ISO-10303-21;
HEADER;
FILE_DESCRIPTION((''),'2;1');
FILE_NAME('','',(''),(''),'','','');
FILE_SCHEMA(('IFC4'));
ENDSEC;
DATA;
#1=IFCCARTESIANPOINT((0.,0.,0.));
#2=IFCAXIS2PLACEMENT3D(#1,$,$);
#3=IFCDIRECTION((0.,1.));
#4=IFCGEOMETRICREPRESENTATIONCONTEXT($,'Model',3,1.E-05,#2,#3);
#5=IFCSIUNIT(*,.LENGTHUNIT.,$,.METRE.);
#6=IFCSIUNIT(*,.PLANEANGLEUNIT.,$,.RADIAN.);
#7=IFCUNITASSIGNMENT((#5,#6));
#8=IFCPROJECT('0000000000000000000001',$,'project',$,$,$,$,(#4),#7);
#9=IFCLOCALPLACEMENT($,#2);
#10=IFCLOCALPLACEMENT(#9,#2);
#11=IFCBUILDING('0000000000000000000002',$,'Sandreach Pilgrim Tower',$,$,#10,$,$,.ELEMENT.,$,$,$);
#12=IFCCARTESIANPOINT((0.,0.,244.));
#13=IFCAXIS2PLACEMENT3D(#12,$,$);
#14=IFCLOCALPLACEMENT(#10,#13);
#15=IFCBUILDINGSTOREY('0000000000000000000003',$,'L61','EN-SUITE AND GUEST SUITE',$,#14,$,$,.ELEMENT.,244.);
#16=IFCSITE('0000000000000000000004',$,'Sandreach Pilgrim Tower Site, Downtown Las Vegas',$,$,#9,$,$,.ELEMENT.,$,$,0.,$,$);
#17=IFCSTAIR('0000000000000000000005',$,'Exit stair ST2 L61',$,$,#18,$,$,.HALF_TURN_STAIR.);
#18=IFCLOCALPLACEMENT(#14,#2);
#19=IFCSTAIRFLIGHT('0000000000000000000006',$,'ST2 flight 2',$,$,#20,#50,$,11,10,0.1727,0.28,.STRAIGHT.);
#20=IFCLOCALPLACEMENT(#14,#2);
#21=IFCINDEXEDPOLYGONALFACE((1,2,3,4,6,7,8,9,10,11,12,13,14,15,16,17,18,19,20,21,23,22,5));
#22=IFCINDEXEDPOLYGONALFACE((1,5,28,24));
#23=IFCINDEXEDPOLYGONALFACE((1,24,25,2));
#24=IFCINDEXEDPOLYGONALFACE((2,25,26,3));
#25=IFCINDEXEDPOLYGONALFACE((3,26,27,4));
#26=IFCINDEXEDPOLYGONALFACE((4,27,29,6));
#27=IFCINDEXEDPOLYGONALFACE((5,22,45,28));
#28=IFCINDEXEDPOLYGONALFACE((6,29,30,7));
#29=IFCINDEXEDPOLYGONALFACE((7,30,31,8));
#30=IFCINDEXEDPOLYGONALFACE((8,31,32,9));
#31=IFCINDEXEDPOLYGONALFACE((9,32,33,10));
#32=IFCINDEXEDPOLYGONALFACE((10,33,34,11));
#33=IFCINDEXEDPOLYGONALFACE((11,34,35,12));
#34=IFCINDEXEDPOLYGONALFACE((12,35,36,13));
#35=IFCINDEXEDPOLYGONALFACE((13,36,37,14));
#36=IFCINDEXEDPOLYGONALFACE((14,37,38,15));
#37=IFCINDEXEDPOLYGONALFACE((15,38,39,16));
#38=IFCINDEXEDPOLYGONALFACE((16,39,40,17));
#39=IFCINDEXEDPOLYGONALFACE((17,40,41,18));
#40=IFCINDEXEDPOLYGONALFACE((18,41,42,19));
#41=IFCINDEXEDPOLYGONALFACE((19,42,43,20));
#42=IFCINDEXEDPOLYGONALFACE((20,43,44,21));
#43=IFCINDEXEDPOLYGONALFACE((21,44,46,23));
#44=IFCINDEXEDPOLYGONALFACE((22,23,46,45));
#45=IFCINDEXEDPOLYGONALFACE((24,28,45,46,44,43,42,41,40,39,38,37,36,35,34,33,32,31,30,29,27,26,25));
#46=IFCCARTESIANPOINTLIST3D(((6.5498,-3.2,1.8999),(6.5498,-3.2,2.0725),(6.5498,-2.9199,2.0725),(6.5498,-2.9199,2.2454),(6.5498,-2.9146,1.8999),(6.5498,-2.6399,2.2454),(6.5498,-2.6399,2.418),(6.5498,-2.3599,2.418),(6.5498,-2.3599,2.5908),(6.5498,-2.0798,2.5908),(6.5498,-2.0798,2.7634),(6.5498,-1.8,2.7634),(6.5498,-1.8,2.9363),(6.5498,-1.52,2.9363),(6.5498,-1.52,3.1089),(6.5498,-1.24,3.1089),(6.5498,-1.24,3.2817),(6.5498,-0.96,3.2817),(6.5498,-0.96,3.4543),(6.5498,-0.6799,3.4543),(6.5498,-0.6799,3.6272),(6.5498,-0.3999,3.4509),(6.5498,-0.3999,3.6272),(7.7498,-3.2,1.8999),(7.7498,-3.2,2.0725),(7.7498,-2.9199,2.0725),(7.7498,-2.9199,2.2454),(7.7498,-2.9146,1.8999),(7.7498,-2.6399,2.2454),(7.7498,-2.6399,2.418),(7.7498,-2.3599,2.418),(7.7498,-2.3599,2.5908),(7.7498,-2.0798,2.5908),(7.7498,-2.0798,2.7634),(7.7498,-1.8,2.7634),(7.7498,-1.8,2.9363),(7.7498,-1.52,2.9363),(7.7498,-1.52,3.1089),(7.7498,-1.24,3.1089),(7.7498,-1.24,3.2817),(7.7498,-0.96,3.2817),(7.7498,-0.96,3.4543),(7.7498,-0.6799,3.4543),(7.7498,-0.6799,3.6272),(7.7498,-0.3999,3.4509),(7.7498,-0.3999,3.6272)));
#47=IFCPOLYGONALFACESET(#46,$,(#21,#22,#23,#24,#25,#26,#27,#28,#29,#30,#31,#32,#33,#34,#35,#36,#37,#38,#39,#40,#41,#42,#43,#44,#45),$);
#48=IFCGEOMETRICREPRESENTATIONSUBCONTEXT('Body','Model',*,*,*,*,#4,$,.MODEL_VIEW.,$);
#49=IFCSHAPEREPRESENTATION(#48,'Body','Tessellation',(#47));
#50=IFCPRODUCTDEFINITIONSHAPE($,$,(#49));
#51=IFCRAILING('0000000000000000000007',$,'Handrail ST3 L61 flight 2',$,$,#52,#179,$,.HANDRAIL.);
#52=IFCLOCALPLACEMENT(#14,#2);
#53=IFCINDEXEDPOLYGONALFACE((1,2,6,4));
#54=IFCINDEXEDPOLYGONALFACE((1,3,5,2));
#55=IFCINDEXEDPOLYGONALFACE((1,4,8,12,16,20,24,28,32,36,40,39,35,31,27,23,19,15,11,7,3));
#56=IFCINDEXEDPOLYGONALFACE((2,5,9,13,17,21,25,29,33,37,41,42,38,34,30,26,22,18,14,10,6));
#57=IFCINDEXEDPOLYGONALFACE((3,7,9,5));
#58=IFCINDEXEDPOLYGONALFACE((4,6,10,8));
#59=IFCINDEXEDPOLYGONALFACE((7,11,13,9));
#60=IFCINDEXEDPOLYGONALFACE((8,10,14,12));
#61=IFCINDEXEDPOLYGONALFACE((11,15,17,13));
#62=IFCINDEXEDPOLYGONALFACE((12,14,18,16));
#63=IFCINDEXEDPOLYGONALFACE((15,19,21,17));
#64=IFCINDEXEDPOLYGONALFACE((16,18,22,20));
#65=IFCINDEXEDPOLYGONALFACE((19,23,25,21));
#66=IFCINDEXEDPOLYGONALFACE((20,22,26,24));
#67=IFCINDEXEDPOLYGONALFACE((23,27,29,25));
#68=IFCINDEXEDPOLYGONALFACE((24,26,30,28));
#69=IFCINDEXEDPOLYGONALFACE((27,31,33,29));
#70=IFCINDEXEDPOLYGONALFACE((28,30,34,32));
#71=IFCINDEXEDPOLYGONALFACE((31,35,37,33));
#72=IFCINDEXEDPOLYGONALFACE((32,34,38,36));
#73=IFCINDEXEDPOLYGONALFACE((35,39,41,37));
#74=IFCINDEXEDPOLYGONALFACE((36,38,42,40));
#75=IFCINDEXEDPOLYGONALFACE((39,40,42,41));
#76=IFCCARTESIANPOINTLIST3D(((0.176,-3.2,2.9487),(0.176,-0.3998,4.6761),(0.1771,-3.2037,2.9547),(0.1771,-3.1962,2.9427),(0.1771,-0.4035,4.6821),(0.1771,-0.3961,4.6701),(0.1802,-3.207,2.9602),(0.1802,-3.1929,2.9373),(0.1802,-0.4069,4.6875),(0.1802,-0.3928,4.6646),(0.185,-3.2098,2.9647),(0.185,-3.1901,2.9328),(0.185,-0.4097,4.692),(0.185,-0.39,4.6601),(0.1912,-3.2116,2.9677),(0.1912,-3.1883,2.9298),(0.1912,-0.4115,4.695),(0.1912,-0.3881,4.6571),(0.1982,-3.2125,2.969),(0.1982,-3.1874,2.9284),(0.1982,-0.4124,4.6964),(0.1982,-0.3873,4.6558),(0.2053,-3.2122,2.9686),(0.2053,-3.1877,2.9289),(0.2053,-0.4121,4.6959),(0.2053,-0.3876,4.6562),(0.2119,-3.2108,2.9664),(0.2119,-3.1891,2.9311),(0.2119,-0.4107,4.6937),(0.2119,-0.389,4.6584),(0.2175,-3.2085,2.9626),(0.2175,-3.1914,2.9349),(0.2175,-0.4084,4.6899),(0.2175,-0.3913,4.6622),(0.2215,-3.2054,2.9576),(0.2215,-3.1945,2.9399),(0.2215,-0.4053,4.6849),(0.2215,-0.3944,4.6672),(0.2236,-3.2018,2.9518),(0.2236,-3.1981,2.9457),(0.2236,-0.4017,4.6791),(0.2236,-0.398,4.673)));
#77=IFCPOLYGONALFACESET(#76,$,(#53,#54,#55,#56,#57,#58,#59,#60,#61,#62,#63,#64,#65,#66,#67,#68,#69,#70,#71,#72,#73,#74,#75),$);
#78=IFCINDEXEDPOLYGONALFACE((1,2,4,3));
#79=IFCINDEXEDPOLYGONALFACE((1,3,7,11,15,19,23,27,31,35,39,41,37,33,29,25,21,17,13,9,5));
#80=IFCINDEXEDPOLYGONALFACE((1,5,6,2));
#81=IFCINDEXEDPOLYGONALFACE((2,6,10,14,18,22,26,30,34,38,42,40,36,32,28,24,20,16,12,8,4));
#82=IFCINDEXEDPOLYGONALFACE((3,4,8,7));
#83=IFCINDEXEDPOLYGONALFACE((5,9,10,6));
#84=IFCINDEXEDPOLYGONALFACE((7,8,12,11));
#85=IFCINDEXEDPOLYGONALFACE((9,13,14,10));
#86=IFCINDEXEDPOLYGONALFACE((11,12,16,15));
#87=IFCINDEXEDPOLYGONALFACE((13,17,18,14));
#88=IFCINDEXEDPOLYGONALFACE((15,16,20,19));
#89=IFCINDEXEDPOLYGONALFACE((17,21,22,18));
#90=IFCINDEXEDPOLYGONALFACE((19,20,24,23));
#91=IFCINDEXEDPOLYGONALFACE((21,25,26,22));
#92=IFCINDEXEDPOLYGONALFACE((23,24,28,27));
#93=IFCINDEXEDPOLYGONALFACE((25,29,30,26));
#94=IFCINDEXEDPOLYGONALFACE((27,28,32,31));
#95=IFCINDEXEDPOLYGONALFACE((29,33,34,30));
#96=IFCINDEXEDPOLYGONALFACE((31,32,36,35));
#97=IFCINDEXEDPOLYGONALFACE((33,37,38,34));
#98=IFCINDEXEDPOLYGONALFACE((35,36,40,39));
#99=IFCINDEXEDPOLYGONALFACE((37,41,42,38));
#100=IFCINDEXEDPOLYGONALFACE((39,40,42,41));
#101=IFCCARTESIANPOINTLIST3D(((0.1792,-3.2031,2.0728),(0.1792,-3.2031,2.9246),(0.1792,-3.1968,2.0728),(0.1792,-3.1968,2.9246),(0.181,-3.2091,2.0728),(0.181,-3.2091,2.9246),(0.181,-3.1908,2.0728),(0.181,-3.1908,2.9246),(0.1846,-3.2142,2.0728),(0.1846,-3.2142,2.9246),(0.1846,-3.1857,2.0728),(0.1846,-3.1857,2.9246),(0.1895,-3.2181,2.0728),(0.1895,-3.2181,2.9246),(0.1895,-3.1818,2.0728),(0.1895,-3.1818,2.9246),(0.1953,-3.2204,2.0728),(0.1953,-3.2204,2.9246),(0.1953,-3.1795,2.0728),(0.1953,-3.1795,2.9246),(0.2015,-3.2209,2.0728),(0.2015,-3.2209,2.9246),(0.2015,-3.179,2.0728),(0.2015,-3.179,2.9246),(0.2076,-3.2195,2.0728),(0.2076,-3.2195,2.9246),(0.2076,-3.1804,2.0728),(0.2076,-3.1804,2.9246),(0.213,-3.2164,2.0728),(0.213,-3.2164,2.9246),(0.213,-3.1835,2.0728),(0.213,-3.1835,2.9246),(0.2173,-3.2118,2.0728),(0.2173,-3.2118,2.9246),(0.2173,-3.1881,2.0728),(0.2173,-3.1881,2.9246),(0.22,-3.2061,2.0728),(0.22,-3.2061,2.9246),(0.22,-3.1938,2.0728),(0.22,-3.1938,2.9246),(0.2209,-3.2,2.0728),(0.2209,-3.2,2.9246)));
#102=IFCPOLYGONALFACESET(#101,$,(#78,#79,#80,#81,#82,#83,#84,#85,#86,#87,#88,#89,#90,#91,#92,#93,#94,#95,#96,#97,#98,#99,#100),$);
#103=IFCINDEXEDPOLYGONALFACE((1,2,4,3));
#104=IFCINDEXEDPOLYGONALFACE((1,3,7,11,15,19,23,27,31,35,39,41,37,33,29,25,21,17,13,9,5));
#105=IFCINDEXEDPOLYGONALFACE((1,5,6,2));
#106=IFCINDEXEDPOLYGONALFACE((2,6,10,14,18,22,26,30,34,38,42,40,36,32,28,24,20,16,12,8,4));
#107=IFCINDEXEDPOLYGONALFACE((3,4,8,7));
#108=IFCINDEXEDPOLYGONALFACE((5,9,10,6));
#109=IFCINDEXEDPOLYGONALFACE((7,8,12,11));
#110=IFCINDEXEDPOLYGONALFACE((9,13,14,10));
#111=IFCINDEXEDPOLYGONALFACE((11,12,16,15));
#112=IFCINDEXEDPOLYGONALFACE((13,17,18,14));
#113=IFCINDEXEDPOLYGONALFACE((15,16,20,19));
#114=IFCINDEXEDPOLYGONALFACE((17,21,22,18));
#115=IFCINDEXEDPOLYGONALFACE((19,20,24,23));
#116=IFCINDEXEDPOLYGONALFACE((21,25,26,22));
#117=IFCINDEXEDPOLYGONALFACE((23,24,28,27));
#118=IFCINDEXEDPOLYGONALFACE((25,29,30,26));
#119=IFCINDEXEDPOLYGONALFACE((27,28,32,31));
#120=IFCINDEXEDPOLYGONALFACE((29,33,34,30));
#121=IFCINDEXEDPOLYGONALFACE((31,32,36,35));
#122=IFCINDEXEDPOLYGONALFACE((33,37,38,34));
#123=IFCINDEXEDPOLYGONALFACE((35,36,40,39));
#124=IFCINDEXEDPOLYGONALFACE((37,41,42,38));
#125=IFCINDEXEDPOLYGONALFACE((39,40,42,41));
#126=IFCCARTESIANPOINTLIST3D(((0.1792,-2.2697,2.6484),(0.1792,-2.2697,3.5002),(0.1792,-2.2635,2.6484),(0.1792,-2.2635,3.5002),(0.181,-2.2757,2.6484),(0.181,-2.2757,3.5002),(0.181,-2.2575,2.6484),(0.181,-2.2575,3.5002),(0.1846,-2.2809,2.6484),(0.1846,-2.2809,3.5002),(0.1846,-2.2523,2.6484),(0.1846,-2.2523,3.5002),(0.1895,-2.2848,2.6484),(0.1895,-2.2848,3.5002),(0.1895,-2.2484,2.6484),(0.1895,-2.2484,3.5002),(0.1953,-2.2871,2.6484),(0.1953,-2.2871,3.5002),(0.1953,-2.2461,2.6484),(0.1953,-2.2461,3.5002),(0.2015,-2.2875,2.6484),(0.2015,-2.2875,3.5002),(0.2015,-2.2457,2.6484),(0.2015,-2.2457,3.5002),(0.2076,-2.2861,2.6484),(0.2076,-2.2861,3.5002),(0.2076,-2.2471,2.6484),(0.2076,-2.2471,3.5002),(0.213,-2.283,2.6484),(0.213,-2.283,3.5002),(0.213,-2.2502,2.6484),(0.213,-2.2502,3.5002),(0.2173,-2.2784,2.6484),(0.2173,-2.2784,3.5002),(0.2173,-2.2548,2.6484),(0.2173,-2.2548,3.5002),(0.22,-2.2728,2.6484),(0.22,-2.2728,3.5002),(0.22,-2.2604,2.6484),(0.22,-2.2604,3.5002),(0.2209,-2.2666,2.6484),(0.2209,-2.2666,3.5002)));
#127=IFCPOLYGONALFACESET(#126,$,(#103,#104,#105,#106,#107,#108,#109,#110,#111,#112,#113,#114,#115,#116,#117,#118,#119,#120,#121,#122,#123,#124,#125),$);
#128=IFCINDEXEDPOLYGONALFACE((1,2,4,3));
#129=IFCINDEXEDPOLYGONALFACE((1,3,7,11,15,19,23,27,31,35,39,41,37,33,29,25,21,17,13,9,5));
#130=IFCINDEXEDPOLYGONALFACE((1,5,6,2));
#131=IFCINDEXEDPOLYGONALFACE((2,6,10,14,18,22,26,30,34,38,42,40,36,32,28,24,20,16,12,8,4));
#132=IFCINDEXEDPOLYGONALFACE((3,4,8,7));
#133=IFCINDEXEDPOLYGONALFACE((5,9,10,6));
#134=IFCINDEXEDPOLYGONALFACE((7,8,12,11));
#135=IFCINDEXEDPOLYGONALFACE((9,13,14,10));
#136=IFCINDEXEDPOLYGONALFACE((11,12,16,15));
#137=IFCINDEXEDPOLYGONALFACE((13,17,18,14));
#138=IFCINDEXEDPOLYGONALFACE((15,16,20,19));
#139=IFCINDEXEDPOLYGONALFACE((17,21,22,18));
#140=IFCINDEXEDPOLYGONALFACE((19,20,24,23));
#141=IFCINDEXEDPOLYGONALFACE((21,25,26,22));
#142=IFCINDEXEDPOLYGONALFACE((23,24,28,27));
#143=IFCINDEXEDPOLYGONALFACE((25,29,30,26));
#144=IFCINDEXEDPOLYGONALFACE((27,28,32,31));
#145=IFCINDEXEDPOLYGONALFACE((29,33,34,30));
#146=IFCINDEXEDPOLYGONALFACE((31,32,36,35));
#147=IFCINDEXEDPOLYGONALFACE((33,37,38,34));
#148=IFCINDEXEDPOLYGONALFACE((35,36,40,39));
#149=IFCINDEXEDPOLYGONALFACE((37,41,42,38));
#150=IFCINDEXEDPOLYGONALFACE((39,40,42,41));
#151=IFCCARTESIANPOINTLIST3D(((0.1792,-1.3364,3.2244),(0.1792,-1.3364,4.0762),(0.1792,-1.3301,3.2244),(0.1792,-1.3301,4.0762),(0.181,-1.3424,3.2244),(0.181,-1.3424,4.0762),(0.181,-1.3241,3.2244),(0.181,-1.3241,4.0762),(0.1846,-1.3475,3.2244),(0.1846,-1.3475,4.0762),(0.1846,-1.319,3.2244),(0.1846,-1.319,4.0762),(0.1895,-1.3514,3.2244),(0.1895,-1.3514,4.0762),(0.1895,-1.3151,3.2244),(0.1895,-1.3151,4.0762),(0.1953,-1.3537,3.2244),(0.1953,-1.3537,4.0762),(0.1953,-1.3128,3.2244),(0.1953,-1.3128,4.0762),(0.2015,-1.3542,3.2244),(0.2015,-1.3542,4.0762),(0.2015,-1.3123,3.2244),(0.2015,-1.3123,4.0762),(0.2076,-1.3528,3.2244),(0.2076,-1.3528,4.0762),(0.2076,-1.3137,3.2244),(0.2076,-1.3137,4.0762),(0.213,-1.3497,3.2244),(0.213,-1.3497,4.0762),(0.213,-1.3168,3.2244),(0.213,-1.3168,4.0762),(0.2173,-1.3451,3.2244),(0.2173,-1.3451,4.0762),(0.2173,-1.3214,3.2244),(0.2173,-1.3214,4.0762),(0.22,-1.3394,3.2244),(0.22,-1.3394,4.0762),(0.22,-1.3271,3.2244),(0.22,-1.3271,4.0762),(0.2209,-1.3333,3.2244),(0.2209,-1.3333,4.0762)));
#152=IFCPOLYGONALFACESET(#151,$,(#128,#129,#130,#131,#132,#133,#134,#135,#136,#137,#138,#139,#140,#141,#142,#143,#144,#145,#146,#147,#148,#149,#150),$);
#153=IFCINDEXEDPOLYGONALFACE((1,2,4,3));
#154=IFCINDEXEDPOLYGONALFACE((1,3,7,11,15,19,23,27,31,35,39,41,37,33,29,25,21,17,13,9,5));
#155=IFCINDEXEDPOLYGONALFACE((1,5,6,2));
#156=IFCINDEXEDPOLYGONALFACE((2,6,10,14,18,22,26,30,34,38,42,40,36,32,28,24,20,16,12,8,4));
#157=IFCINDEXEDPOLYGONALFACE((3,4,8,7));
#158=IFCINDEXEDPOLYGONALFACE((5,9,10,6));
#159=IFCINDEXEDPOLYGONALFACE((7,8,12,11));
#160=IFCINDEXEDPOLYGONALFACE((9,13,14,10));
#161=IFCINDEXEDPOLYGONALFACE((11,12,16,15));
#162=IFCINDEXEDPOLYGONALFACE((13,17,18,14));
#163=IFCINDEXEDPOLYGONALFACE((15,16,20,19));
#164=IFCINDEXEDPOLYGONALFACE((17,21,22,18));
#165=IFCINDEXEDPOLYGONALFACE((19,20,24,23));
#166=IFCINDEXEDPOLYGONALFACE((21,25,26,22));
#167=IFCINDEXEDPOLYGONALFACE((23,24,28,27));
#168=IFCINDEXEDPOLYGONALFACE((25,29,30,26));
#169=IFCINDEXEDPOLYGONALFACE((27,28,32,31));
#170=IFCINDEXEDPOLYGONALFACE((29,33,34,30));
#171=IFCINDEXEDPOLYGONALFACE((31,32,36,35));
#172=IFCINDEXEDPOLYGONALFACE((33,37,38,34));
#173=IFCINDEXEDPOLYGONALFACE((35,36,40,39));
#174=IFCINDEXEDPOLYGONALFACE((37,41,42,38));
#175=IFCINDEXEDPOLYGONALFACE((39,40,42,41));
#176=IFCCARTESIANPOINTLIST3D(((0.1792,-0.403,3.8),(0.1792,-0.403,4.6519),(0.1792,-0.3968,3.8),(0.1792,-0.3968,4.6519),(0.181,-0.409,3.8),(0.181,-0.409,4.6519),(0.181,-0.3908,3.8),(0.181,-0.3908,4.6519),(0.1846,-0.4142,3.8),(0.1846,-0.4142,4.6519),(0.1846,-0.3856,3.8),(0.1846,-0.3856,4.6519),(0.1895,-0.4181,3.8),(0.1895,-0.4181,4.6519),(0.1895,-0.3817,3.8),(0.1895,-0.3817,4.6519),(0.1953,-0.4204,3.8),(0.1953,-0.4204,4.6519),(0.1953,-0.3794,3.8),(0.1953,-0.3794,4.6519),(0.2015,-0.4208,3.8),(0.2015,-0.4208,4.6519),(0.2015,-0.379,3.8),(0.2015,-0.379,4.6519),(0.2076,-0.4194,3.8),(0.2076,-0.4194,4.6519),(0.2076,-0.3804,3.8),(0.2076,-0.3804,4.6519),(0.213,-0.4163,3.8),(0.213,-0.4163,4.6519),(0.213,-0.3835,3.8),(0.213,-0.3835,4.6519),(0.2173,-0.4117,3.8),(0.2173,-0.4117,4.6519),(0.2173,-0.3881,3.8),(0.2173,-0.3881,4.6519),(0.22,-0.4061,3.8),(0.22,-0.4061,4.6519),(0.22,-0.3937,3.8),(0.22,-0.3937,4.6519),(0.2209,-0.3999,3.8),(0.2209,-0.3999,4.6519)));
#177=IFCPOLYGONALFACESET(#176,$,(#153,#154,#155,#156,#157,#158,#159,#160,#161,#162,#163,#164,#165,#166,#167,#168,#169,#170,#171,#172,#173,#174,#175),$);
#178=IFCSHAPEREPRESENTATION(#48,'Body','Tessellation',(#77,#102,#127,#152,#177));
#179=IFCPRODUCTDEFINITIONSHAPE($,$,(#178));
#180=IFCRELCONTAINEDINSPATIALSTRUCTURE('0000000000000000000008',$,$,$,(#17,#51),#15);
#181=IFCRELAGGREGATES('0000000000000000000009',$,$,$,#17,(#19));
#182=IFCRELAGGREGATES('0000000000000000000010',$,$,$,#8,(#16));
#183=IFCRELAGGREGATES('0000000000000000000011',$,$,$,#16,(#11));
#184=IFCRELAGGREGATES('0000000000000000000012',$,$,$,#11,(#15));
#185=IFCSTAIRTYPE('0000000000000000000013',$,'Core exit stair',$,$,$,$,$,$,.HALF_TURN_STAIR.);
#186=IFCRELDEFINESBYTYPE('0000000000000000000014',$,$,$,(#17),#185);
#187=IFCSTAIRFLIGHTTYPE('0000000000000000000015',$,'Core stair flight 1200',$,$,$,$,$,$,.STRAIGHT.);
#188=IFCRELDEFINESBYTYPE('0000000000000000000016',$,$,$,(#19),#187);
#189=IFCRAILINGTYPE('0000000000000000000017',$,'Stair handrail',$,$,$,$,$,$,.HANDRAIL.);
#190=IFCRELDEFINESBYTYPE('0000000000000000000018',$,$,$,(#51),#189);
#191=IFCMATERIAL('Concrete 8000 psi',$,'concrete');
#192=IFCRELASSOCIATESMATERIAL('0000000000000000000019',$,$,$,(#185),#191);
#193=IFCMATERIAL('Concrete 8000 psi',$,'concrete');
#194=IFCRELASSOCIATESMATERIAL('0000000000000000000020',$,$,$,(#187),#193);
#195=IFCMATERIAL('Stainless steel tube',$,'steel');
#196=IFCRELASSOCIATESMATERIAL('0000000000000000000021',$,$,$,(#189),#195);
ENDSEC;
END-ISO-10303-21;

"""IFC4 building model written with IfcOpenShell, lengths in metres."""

from ifc_helpers import new_model, si_unit, direction, frame, origin, origin_2d, place, context, subcontext, project, spatial, polyline, circle, outline, extrude, material, type_object, element, aggregate, save


model = new_model("IFC4")

# Units and contexts
model_context = context("Model", 3, precision=1e-05, world=origin(), true_north=direction((0.0, 1.0)))
body_context = subcontext(model_context, "Body", "Model", "MODEL_VIEW")
ifc_project = project(units=[si_unit("LENGTHUNIT", "METRE"), si_unit("PLANEANGLEUNIT", "RADIAN")], contexts=[model_context])

# Site, building, storey
site_placement = place(None, origin())
site = spatial("IfcSite", under=ifc_project, at=site_placement, Name="Sandreach Pilgrim Tower Site, Downtown Las Vegas", CompositionType="ELEMENT", RefElevation=0.0)
building_placement = place(site_placement, origin())
building = spatial("IfcBuilding", under=site, at=building_placement, Name="Sandreach Pilgrim Tower", CompositionType="ELEMENT")
storey_placement = place(building_placement, frame((0.0, 0.0, 244.0)))
storey = spatial("IfcBuildingStorey", under=building, at=storey_placement, Name="L61", Description="EN-SUITE AND GUEST SUITE", CompositionType="ELEMENT", Elevation=244.0)

# Shared definitions
ifc_material_1 = material(Name="Concrete 8000 psi", Category="concrete")
stair_type = type_object("IfcStairType", Name="Core exit stair", PredefinedType="HALF_TURN_STAIR", material=ifc_material_1)

# Stair
stair_1_placement = place(storey_placement, origin())
stair_1 = element("IfcStair", 1, at=stair_1_placement, inside=storey, type_object=stair_type, Name="Exit stair ST2 L61", PredefinedType="HALF_TURN_STAIR")

# Stair flight
ifc_material_2 = material(Name="Concrete 8000 psi", Category="concrete")
stair_flight_type = type_object("IfcStairFlightType", Name="Core stair flight 1200", PredefinedType="STRAIGHT", material=ifc_material_2)
stair_flight_1_placement = place(storey_placement, frame((7.1499, -3.2, 1.8999), z_axis=(0.0, 0.0, 1.0), x_axis=(0.0, 1.0, 0.0)))
stair_flight_1 = element("IfcStairFlight", 2, at=stair_flight_1_placement, type_object=stair_flight_type, Name="ST2 flight 2", NumberOfRisers=11, NumberOfTreads=10, PredefinedType="STRAIGHT", RiserHeight=0.1727, TreadLength=0.28, context=body_context, shape_type="SweptSolid", body=[
    extrude(outline(polyline([(0.0, 0.0), (0.0, 0.1726), (0.28, 0.1726), (0.28, 0.3455), (0.5601, 0.3455), (0.5601, 0.5181), (0.8401, 0.5181), (0.8401, 0.6909), (1.1201, 0.6909), (1.1201, 0.8635), (1.3999, 0.8635), (1.3999, 1.0364), (1.6799, 1.0364), (1.6799, 1.209), (1.96, 1.209), (1.96, 1.3818), (2.24, 1.3818), (2.24, 1.5544), (2.52, 1.5544), (2.52, 1.7273), (2.8, 1.7273), (2.8, 1.8999), (2.8, 1.551), (0.2854, 0.0), (0.0, 0.0)])), frame((0.0, 0.6001, 0.0), z_axis=(0.0, -1.0, 0.0), x_axis=(1.0, 0.0, 0.0)), (0.0, 0.0, 1.0), 1.2),
])
aggregate(stair_1, [stair_flight_1])

# Railing
ifc_material_3 = material(Name="Stainless steel tube", Category="steel")
railing_type = type_object("IfcRailingType", Name="Stair handrail", PredefinedType="HANDRAIL", material=ifc_material_3)
for number, where, name in (
    (3, (0.2, -3.2, 2.0728), "Handrail ST3 L61 flight 2"),
):
    element("IfcRailing", number, at=place(storey_placement, frame(where)), inside=storey, type_object=railing_type, Name=name, PredefinedType="HANDRAIL", context=body_context, shape_type="SweptSolid", body=[
        extrude(circle(Radius=0.0239, at=origin_2d()), frame((0.0, 0.0, 0.876), z_axis=(0.0, 0.85109, 0.52502), x_axis=(-1.0, 0.0, 0.0)), (0.0, 0.0, 1.0), 3.29),
        extrude(circle(Radius=0.021, at=origin_2d()), origin(), (0.0, 0.0, 1.0), 0.8518),
        extrude(circle(Radius=0.021, at=origin_2d()), frame((0.0, 0.9333, 0.5757)), (0.0, 0.0, 1.0), 0.8518),
        extrude(circle(Radius=0.021, at=origin_2d()), frame((0.0, 1.8667, 1.1516)), (0.0, 0.0, 1.0), 0.8518),
        extrude(circle(Radius=0.021, at=origin_2d()), frame((0.0, 2.8, 1.7273)), (0.0, 0.0, 1.0), 0.8518),
    ])

save(model, "model.ifc")
